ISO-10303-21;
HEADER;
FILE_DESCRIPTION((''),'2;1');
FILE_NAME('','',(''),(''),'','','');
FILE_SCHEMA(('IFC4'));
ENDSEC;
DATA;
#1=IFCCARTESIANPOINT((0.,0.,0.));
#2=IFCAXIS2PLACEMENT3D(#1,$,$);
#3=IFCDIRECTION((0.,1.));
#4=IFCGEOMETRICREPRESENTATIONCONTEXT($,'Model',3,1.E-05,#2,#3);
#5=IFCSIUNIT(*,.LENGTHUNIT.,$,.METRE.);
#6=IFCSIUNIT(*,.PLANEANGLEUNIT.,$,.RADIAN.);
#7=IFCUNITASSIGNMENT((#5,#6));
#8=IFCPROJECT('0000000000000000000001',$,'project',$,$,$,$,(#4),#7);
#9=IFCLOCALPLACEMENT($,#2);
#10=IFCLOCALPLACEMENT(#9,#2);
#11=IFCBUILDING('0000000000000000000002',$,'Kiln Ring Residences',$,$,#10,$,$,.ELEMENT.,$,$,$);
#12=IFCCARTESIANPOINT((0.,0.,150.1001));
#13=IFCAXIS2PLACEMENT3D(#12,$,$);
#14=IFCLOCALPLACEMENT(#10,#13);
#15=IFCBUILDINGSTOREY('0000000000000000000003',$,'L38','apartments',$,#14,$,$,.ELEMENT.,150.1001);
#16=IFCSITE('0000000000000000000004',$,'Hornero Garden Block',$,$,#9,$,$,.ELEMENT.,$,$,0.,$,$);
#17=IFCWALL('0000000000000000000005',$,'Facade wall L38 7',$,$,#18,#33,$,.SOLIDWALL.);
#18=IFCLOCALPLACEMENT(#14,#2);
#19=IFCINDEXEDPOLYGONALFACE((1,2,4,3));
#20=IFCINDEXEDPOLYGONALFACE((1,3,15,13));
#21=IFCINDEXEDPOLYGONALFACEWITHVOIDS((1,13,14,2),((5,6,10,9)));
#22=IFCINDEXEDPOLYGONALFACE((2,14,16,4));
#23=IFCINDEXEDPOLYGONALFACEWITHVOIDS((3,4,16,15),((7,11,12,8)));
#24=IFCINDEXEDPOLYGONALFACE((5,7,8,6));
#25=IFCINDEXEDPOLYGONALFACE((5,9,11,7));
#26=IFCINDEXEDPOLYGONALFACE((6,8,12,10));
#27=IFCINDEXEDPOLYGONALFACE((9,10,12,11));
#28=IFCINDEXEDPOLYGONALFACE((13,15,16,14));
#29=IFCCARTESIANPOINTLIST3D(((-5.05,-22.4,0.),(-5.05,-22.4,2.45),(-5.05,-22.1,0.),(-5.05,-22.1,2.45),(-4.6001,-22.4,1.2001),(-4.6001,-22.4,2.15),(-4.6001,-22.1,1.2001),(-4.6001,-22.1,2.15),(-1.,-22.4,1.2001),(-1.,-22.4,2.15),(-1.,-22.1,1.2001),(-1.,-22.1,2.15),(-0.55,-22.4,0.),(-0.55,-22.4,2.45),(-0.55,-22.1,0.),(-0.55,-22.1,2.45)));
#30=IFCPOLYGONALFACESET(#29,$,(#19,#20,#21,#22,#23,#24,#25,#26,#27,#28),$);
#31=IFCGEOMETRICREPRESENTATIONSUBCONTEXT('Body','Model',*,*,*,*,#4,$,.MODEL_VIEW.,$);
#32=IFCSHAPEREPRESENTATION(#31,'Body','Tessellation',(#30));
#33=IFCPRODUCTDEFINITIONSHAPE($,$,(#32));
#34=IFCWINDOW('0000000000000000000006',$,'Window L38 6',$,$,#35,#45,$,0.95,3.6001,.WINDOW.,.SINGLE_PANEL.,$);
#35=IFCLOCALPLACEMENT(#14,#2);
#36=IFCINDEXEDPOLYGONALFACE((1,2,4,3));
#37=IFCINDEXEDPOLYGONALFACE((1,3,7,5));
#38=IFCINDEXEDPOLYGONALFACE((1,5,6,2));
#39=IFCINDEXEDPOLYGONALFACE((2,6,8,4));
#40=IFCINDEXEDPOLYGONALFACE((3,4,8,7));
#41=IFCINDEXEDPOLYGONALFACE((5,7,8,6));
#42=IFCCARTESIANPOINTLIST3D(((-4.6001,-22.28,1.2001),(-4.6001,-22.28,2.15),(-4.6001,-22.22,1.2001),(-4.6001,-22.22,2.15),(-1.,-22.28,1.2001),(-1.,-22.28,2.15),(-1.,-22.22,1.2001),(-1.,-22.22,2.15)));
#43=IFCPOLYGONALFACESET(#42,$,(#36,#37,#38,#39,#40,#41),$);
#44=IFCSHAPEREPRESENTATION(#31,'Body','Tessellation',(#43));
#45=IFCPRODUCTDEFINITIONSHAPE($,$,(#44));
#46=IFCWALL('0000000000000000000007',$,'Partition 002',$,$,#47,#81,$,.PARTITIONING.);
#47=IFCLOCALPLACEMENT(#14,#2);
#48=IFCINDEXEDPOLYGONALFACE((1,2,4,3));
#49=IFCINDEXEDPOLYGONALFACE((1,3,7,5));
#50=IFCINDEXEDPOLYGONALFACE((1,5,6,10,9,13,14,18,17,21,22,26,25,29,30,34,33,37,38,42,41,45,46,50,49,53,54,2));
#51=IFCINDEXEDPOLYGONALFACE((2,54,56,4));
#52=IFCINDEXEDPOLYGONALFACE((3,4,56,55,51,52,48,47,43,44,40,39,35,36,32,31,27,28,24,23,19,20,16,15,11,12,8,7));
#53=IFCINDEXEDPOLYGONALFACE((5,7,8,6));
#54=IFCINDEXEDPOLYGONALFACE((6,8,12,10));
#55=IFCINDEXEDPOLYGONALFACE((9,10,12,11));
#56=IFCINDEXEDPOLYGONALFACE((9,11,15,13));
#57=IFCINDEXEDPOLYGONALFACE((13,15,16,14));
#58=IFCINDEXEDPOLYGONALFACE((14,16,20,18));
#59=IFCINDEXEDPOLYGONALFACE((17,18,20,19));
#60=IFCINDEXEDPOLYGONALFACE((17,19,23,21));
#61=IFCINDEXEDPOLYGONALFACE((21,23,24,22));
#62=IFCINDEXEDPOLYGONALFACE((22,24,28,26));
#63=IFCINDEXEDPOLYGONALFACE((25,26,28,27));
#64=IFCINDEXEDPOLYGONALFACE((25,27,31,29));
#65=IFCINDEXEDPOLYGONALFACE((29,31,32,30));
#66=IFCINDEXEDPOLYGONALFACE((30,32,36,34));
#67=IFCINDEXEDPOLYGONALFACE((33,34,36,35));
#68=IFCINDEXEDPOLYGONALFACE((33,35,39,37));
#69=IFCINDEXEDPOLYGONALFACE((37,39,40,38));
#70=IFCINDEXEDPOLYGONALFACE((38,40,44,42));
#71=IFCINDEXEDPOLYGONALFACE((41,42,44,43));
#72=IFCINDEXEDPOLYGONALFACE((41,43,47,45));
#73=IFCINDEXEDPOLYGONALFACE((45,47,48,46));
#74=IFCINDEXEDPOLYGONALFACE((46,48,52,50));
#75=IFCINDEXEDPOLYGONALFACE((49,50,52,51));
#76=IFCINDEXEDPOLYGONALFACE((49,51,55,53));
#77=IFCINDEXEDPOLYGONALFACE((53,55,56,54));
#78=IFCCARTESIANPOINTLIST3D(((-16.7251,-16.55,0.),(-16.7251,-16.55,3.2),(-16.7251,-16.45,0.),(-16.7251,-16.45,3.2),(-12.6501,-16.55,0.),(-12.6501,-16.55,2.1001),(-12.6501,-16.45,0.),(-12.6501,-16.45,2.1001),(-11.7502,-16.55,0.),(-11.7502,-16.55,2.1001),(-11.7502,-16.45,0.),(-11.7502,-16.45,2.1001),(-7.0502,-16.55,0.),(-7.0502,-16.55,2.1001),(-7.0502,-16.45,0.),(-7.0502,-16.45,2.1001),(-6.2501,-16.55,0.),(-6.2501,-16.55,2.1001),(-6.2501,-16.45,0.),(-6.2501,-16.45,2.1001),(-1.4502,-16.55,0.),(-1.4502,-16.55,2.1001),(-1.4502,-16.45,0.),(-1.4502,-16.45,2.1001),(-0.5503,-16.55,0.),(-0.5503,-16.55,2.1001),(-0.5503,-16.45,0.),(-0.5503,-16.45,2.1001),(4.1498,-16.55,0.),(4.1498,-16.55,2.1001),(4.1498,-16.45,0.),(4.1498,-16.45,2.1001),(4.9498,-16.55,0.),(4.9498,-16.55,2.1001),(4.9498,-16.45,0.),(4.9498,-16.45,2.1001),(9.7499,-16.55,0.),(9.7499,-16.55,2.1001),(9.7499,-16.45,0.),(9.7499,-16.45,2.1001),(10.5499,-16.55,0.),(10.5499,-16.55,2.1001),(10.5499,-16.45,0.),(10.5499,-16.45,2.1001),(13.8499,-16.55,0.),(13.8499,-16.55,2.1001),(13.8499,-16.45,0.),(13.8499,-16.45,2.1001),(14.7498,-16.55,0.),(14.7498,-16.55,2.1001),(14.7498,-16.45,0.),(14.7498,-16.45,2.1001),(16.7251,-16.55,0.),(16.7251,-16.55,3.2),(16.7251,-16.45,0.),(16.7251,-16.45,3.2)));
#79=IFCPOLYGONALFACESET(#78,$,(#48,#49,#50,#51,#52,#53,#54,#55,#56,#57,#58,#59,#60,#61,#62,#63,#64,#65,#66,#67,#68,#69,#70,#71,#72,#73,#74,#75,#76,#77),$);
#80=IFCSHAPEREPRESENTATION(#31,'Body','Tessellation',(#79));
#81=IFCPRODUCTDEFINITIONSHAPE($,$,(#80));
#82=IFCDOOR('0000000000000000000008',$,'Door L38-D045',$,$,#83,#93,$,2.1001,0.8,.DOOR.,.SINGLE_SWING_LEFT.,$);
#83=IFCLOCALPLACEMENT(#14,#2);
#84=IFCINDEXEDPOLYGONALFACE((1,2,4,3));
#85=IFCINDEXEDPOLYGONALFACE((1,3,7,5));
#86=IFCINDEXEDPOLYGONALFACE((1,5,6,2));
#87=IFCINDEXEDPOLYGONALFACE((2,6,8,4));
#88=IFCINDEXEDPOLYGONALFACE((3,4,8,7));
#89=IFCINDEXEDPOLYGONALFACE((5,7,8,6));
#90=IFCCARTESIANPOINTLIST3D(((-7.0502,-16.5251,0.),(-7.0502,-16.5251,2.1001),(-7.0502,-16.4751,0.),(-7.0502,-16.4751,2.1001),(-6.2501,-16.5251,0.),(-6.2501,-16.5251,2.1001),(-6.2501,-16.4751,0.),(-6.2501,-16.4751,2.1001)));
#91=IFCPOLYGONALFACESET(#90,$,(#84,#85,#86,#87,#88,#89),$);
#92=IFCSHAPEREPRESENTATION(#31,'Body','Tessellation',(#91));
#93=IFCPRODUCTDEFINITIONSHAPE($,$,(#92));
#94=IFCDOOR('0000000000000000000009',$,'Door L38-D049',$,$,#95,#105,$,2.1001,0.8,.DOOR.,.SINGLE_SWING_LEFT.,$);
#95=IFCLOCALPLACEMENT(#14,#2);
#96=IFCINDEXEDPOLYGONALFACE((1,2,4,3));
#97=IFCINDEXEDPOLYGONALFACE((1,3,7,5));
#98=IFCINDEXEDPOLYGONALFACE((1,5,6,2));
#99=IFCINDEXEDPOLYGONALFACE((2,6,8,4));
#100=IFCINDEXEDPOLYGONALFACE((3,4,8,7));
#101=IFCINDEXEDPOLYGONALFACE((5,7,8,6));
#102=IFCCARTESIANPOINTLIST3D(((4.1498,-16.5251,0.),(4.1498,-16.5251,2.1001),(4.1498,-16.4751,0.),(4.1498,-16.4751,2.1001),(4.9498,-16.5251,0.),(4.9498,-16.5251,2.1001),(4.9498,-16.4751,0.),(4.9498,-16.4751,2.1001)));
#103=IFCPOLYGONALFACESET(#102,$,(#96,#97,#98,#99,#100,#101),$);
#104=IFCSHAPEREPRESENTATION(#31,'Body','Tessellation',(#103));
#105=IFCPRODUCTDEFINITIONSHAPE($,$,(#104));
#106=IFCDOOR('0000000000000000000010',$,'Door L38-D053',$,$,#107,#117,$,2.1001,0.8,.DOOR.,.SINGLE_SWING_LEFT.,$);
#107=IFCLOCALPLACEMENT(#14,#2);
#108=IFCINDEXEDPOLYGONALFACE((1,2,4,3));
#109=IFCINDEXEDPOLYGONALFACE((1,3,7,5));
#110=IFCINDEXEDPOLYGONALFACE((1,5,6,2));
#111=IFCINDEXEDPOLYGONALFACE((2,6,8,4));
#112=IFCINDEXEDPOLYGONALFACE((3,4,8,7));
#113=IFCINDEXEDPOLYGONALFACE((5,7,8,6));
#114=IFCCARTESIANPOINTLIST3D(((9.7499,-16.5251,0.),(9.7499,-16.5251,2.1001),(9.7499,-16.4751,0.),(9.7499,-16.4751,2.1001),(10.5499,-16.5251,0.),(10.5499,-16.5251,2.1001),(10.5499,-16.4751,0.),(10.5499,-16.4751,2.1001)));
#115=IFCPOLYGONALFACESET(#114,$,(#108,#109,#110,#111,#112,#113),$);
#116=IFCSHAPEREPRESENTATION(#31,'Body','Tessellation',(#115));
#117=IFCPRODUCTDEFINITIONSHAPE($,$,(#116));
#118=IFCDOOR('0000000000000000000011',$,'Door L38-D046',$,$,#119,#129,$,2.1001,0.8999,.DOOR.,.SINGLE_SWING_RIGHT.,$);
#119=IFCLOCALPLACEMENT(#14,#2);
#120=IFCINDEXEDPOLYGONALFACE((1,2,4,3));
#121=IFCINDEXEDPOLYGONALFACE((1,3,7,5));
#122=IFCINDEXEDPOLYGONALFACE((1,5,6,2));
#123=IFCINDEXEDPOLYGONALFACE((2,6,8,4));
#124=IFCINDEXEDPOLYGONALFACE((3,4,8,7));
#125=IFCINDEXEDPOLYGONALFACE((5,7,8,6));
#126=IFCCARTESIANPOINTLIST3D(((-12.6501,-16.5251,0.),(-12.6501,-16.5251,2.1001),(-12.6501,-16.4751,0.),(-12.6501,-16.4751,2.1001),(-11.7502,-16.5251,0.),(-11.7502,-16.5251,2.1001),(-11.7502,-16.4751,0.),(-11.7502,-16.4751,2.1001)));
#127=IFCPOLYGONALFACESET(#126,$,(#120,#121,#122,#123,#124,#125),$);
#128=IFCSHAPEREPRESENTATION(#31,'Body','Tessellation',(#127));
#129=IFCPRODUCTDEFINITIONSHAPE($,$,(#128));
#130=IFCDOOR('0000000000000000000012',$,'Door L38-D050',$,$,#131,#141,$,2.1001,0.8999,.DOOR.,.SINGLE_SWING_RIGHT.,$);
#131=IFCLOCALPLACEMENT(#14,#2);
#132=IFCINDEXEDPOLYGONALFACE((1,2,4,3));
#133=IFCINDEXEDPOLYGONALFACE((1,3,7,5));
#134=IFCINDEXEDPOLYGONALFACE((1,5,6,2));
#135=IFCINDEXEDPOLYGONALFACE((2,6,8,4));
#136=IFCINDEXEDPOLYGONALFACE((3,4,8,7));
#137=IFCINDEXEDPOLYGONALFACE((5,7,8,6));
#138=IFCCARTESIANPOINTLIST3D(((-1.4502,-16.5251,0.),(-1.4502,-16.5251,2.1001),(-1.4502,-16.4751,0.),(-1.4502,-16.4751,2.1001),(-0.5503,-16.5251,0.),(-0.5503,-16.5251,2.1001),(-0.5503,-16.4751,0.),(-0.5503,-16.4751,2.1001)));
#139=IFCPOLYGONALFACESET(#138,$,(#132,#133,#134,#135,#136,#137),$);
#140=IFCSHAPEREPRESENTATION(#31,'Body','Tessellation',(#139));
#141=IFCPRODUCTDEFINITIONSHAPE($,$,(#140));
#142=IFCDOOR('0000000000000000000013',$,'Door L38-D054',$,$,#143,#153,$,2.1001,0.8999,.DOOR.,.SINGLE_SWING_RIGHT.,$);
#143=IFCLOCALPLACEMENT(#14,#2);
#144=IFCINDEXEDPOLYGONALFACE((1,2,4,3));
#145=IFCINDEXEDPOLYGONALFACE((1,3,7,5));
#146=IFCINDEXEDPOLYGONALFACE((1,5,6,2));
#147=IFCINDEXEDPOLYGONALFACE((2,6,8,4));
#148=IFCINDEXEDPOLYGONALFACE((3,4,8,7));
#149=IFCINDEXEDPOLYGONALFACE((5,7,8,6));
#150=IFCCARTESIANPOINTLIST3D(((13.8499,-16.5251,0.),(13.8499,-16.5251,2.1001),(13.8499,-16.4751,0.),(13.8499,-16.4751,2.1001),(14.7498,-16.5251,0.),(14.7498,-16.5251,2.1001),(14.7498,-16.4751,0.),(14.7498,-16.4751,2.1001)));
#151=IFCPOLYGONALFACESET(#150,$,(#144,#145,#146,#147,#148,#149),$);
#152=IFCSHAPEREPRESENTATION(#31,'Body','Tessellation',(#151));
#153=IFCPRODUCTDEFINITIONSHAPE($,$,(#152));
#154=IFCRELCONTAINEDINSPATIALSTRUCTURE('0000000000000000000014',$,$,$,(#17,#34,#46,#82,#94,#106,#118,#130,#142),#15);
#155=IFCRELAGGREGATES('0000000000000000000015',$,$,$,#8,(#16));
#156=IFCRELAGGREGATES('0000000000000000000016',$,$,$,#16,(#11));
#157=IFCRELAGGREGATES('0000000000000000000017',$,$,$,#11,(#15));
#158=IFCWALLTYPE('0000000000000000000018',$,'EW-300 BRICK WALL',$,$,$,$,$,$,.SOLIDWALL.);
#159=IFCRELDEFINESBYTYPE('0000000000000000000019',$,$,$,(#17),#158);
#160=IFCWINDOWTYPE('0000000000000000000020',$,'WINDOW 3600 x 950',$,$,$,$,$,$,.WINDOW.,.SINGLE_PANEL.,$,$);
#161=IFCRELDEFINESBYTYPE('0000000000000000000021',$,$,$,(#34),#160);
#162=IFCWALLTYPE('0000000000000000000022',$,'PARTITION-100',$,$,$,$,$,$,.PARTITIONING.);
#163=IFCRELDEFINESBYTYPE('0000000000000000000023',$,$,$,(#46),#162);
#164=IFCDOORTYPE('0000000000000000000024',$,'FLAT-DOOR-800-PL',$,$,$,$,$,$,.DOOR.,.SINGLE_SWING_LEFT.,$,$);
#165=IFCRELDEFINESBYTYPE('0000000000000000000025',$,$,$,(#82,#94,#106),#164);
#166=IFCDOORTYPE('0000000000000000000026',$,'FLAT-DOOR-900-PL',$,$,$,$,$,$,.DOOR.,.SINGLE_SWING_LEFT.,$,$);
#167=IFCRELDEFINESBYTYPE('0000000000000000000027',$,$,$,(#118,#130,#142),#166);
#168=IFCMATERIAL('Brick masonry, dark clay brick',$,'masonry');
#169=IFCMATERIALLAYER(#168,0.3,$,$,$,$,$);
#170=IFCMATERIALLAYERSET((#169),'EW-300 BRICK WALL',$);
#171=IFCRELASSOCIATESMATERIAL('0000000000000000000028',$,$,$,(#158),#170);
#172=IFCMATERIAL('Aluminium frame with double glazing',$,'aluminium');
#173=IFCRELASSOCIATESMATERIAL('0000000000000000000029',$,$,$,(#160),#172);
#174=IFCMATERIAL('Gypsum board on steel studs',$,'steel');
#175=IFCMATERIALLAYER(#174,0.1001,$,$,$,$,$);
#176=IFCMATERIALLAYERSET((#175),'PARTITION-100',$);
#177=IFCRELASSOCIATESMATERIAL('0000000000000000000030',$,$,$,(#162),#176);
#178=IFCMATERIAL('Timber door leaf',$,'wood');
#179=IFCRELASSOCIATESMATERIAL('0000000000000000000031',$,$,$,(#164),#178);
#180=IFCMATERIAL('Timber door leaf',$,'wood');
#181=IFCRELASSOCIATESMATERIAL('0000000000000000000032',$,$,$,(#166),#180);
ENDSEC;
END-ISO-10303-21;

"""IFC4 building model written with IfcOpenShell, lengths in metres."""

from ifc_helpers import new_model, si_unit, direction, frame, frame_2d, origin, place, context, subcontext, project, spatial, rectangle, extrude, material, layer, layer_set, type_object, element, fill, save


model = new_model("IFC4")

# Units and contexts
model_context = context("Model", 3, precision=1e-05, world=origin(), true_north=direction((0.0, 1.0)))
body_context = subcontext(model_context, "Body", "Model", "MODEL_VIEW")
ifc_project = project(units=[si_unit("LENGTHUNIT", "METRE"), si_unit("PLANEANGLEUNIT", "RADIAN")], contexts=[model_context])

# Site, building, storey
site_placement = place(None, origin())
site = spatial("IfcSite", under=ifc_project, at=site_placement, Name="Hornero Garden Block", CompositionType="ELEMENT", RefElevation=0.0)
building_placement = place(site_placement, origin())
building = spatial("IfcBuilding", under=site, at=building_placement, Name="Kiln Ring Residences", CompositionType="ELEMENT")
storey_placement = place(building_placement, frame((0.0, 0.0, 150.1001)))
storey = spatial("IfcBuildingStorey", under=building, at=storey_placement, Name="L38", Description="apartments", CompositionType="ELEMENT", Elevation=150.1001)

# Wall, opening, window
ifc_material_1 = material(Name="Brick masonry, dark clay brick", Category="masonry")
ifc_layer_1 = layer(ifc_material_1, 0.3)
ifc_layer_set_1 = layer_set([ifc_layer_1], Name="EW-300 BRICK WALL")
wall_type_1 = type_object("IfcWallType", Name="EW-300 BRICK WALL", PredefinedType="SOLIDWALL", material=ifc_layer_set_1)
ifc_material_2 = material(Name="Aluminium frame with double glazing", Category="aluminium")
window_type = type_object("IfcWindowType", Name="WINDOW 3600 x 950", PartitioningType="SINGLE_PANEL", PredefinedType="WINDOW", material=ifc_material_2)
wall_1_placement = place(storey_placement, frame((-5.05, -22.25, 0.0), z_axis=(0.0, 0.0, 1.0), x_axis=(1.0, 0.0, 0.0)))
wall_1 = element("IfcWall", 1, at=wall_1_placement, inside=storey, type_object=wall_type_1, Name="Facade wall L38 7", PredefinedType="SOLIDWALL", context=body_context, shape_type="SweptSolid", body=[
    extrude(rectangle(XDim=4.5, YDim=0.3, at=frame_2d((2.25, 0.0))), origin(), (0.0, 0.0, 1.0), 2.45),
])
opening_1_placement = place(wall_1_placement, frame((0.45, 0.0, 1.2)))
opening_1 = element("IfcOpeningElement", 2, at=opening_1_placement, cuts=wall_1, PredefinedType="OPENING", context=body_context, shape_type="SweptSolid", body=[
    extrude(rectangle(XDim=3.6001, YDim=0.95, at=frame_2d((1.8, 0.4751))), frame((0.0, 0.1599, 0.0), z_axis=(0.0, -1.0, 0.0), x_axis=(1.0, 0.0, 0.0)), (0.0, 0.0, 1.0), 0.3201),
])
window_1_placement = place(opening_1_placement, origin())
window_1 = element("IfcWindow", 3, at=window_1_placement, inside=storey, type_object=window_type, Name="Window L38 6", OverallHeight=0.95, OverallWidth=3.6001, PartitioningType="SINGLE_PANEL", PredefinedType="WINDOW", context=body_context, shape_type="SweptSolid", body=[
    extrude(rectangle(XDim=3.6001, YDim=0.95, at=frame_2d((1.8, 0.4751))), frame((0.0, 0.03, 0.0), z_axis=(0.0, -1.0, 0.0), x_axis=(1.0, 0.0, 0.0)), (0.0, 0.0, 1.0), 0.0601),
])
fill(opening_1, window_1)

# Wall, openings, doors
ifc_material_3 = material(Name="Gypsum board on steel studs", Category="steel")
ifc_layer_2 = layer(ifc_material_3, 0.1001)
ifc_layer_set_2 = layer_set([ifc_layer_2], Name="PARTITION-100")
wall_type_2 = type_object("IfcWallType", Name="PARTITION-100", PredefinedType="PARTITIONING", material=ifc_layer_set_2)
wall_2_placement = place(storey_placement, frame((-16.7251, -16.5, 0.0), z_axis=(0.0, 0.0, 1.0), x_axis=(1.0, 0.0, 0.0)))
wall_2 = element("IfcWall", 4, at=wall_2_placement, inside=storey, type_object=wall_type_2, Name="Partition 002", PredefinedType="PARTITIONING", context=body_context, shape_type="SweptSolid", body=[
    extrude(rectangle(XDim=33.4502, YDim=0.1001, at=frame_2d((16.7251, 0.0))), origin(), (0.0, 0.0, 1.0), 3.2),
])
opening_2_placement = place(wall_2_placement, frame((9.675, 0.0, 0.0)))
opening_2 = element("IfcOpeningElement", 5, at=opening_2_placement, cuts=wall_2, PredefinedType="OPENING", context=body_context, shape_type="SweptSolid", body=[
    extrude(rectangle(XDim=0.8, YDim=2.1001, at=frame_2d((0.3999, 1.05))), frame((0.0, 0.0601, 0.0), z_axis=(0.0, -1.0, 0.0), x_axis=(1.0, 0.0, 0.0)), (0.0, 0.0, 1.0), 0.1201),
])
opening_3_placement = place(wall_2_placement, frame((4.075, 0.0, 0.0)))
opening_3 = element("IfcOpeningElement", 6, at=opening_3_placement, cuts=wall_2, PredefinedType="OPENING", context=body_context, shape_type="SweptSolid", body=[
    extrude(rectangle(XDim=0.8999, YDim=2.1001, at=frame_2d((0.45, 1.05))), frame((0.0, 0.0601, 0.0), z_axis=(0.0, -1.0, 0.0), x_axis=(1.0, 0.0, 0.0)), (0.0, 0.0, 1.0), 0.1201),
])
opening_4_placement = place(wall_2_placement, frame((20.875, 0.0, 0.0)))
opening_4 = element("IfcOpeningElement", 7, at=opening_4_placement, cuts=wall_2, PredefinedType="OPENING", context=body_context, shape_type="SweptSolid", body=[
    extrude(rectangle(XDim=0.8, YDim=2.1001, at=frame_2d((0.3999, 1.05))), frame((0.0, 0.0601, 0.0), z_axis=(0.0, -1.0, 0.0), x_axis=(1.0, 0.0, 0.0)), (0.0, 0.0, 1.0), 0.1201),
])
opening_5_placement = place(wall_2_placement, frame((15.2749, 0.0, 0.0)))
opening_5 = element("IfcOpeningElement", 8, at=opening_5_placement, cuts=wall_2, PredefinedType="OPENING", context=body_context, shape_type="SweptSolid", body=[
    extrude(rectangle(XDim=0.8999, YDim=2.1001, at=frame_2d((0.45, 1.05))), frame((0.0, 0.0601, 0.0), z_axis=(0.0, -1.0, 0.0), x_axis=(1.0, 0.0, 0.0)), (0.0, 0.0, 1.0), 0.1201),
])
opening_6_placement = place(wall_2_placement, frame((26.4751, 0.0, 0.0)))
opening_6 = element("IfcOpeningElement", 9, at=opening_6_placement, cuts=wall_2, PredefinedType="OPENING", context=body_context, shape_type="SweptSolid", body=[
    extrude(rectangle(XDim=0.8, YDim=2.1001, at=frame_2d((0.3999, 1.05))), frame((0.0, 0.0601, 0.0), z_axis=(0.0, -1.0, 0.0), x_axis=(1.0, 0.0, 0.0)), (0.0, 0.0, 1.0), 0.1201),
])
opening_7_placement = place(wall_2_placement, frame((30.575, 0.0, 0.0)))
opening_7 = element("IfcOpeningElement", 10, at=opening_7_placement, cuts=wall_2, PredefinedType="OPENING", context=body_context, shape_type="SweptSolid", body=[
    extrude(rectangle(XDim=0.8999, YDim=2.1001, at=frame_2d((0.45, 1.05))), frame((0.0, 0.0601, 0.0), z_axis=(0.0, -1.0, 0.0), x_axis=(1.0, 0.0, 0.0)), (0.0, 0.0, 1.0), 0.1201),
])
ifc_material_4 = material(Name="Timber door leaf", Category="wood")
door_type_1 = type_object("IfcDoorType", Name="FLAT-DOOR-800-PL", OperationType="SINGLE_SWING_LEFT", PredefinedType="DOOR", material=ifc_material_4)
door_1_placement = place(opening_2_placement, origin())
door_1 = element("IfcDoor", 11, at=door_1_placement, inside=storey, type_object=door_type_1, Name="Door L38-D045", OperationType="SINGLE_SWING_LEFT", OverallHeight=2.1001, OverallWidth=0.8, PredefinedType="DOOR", context=body_context, shape_type="SweptSolid", body=[
    extrude(rectangle(XDim=0.8, YDim=2.1001, at=frame_2d((0.3999, 1.05))), frame((0.0, 0.0249, 0.0), z_axis=(0.0, -1.0, 0.0), x_axis=(1.0, 0.0, 0.0)), (0.0, 0.0, 1.0), 0.05),
])
fill(opening_2, door_1)
door_2_placement = place(opening_4_placement, origin())
door_2 = element("IfcDoor", 12, at=door_2_placement, inside=storey, type_object=door_type_1, Name="Door L38-D049", OperationType="SINGLE_SWING_LEFT", OverallHeight=2.1001, OverallWidth=0.8, PredefinedType="DOOR", context=body_context, shape_type="SweptSolid", body=[
    extrude(rectangle(XDim=0.8, YDim=2.1001, at=frame_2d((0.3999, 1.05))), frame((0.0, 0.0249, 0.0), z_axis=(0.0, -1.0, 0.0), x_axis=(1.0, 0.0, 0.0)), (0.0, 0.0, 1.0), 0.05),
])
fill(opening_4, door_2)
door_3_placement = place(opening_6_placement, origin())
door_3 = element("IfcDoor", 13, at=door_3_placement, inside=storey, type_object=door_type_1, Name="Door L38-D053", OperationType="SINGLE_SWING_LEFT", OverallHeight=2.1001, OverallWidth=0.8, PredefinedType="DOOR", context=body_context, shape_type="SweptSolid", body=[
    extrude(rectangle(XDim=0.8, YDim=2.1001, at=frame_2d((0.3999, 1.05))), frame((0.0, 0.0249, 0.0), z_axis=(0.0, -1.0, 0.0), x_axis=(1.0, 0.0, 0.0)), (0.0, 0.0, 1.0), 0.05),
])
fill(opening_6, door_3)
ifc_material_5 = material(Name="Timber door leaf", Category="wood")
door_type_2 = type_object("IfcDoorType", Name="FLAT-DOOR-900-PL", OperationType="SINGLE_SWING_LEFT", PredefinedType="DOOR", material=ifc_material_5)
door_4_placement = place(opening_3_placement, origin())
door_4 = element("IfcDoor", 14, at=door_4_placement, inside=storey, type_object=door_type_2, Name="Door L38-D046", OperationType="SINGLE_SWING_RIGHT", OverallHeight=2.1001, OverallWidth=0.8999, PredefinedType="DOOR", context=body_context, shape_type="SweptSolid", body=[
    extrude(rectangle(XDim=0.8999, YDim=2.1001, at=frame_2d((0.45, 1.05))), frame((0.0, 0.0249, 0.0), z_axis=(0.0, -1.0, 0.0), x_axis=(1.0, 0.0, 0.0)), (0.0, 0.0, 1.0), 0.05),
])
fill(opening_3, door_4)
door_5_placement = place(opening_5_placement, origin())
door_5 = element("IfcDoor", 15, at=door_5_placement, inside=storey, type_object=door_type_2, Name="Door L38-D050", OperationType="SINGLE_SWING_RIGHT", OverallHeight=2.1001, OverallWidth=0.8999, PredefinedType="DOOR", context=body_context, shape_type="SweptSolid", body=[
    extrude(rectangle(XDim=0.8999, YDim=2.1001, at=frame_2d((0.45, 1.05))), frame((0.0, 0.0249, 0.0), z_axis=(0.0, -1.0, 0.0), x_axis=(1.0, 0.0, 0.0)), (0.0, 0.0, 1.0), 0.05),
])
fill(opening_5, door_5)
door_6_placement = place(opening_7_placement, origin())
door_6 = element("IfcDoor", 16, at=door_6_placement, inside=storey, type_object=door_type_2, Name="Door L38-D054", OperationType="SINGLE_SWING_RIGHT", OverallHeight=2.1001, OverallWidth=0.8999, PredefinedType="DOOR", context=body_context, shape_type="SweptSolid", body=[
    extrude(rectangle(XDim=0.8999, YDim=2.1001, at=frame_2d((0.45, 1.05))), frame((0.0, 0.0249, 0.0), z_axis=(0.0, -1.0, 0.0), x_axis=(1.0, 0.0, 0.0)), (0.0, 0.0, 1.0), 0.05),
])
fill(opening_7, door_6)

save(model, "model.ifc")
